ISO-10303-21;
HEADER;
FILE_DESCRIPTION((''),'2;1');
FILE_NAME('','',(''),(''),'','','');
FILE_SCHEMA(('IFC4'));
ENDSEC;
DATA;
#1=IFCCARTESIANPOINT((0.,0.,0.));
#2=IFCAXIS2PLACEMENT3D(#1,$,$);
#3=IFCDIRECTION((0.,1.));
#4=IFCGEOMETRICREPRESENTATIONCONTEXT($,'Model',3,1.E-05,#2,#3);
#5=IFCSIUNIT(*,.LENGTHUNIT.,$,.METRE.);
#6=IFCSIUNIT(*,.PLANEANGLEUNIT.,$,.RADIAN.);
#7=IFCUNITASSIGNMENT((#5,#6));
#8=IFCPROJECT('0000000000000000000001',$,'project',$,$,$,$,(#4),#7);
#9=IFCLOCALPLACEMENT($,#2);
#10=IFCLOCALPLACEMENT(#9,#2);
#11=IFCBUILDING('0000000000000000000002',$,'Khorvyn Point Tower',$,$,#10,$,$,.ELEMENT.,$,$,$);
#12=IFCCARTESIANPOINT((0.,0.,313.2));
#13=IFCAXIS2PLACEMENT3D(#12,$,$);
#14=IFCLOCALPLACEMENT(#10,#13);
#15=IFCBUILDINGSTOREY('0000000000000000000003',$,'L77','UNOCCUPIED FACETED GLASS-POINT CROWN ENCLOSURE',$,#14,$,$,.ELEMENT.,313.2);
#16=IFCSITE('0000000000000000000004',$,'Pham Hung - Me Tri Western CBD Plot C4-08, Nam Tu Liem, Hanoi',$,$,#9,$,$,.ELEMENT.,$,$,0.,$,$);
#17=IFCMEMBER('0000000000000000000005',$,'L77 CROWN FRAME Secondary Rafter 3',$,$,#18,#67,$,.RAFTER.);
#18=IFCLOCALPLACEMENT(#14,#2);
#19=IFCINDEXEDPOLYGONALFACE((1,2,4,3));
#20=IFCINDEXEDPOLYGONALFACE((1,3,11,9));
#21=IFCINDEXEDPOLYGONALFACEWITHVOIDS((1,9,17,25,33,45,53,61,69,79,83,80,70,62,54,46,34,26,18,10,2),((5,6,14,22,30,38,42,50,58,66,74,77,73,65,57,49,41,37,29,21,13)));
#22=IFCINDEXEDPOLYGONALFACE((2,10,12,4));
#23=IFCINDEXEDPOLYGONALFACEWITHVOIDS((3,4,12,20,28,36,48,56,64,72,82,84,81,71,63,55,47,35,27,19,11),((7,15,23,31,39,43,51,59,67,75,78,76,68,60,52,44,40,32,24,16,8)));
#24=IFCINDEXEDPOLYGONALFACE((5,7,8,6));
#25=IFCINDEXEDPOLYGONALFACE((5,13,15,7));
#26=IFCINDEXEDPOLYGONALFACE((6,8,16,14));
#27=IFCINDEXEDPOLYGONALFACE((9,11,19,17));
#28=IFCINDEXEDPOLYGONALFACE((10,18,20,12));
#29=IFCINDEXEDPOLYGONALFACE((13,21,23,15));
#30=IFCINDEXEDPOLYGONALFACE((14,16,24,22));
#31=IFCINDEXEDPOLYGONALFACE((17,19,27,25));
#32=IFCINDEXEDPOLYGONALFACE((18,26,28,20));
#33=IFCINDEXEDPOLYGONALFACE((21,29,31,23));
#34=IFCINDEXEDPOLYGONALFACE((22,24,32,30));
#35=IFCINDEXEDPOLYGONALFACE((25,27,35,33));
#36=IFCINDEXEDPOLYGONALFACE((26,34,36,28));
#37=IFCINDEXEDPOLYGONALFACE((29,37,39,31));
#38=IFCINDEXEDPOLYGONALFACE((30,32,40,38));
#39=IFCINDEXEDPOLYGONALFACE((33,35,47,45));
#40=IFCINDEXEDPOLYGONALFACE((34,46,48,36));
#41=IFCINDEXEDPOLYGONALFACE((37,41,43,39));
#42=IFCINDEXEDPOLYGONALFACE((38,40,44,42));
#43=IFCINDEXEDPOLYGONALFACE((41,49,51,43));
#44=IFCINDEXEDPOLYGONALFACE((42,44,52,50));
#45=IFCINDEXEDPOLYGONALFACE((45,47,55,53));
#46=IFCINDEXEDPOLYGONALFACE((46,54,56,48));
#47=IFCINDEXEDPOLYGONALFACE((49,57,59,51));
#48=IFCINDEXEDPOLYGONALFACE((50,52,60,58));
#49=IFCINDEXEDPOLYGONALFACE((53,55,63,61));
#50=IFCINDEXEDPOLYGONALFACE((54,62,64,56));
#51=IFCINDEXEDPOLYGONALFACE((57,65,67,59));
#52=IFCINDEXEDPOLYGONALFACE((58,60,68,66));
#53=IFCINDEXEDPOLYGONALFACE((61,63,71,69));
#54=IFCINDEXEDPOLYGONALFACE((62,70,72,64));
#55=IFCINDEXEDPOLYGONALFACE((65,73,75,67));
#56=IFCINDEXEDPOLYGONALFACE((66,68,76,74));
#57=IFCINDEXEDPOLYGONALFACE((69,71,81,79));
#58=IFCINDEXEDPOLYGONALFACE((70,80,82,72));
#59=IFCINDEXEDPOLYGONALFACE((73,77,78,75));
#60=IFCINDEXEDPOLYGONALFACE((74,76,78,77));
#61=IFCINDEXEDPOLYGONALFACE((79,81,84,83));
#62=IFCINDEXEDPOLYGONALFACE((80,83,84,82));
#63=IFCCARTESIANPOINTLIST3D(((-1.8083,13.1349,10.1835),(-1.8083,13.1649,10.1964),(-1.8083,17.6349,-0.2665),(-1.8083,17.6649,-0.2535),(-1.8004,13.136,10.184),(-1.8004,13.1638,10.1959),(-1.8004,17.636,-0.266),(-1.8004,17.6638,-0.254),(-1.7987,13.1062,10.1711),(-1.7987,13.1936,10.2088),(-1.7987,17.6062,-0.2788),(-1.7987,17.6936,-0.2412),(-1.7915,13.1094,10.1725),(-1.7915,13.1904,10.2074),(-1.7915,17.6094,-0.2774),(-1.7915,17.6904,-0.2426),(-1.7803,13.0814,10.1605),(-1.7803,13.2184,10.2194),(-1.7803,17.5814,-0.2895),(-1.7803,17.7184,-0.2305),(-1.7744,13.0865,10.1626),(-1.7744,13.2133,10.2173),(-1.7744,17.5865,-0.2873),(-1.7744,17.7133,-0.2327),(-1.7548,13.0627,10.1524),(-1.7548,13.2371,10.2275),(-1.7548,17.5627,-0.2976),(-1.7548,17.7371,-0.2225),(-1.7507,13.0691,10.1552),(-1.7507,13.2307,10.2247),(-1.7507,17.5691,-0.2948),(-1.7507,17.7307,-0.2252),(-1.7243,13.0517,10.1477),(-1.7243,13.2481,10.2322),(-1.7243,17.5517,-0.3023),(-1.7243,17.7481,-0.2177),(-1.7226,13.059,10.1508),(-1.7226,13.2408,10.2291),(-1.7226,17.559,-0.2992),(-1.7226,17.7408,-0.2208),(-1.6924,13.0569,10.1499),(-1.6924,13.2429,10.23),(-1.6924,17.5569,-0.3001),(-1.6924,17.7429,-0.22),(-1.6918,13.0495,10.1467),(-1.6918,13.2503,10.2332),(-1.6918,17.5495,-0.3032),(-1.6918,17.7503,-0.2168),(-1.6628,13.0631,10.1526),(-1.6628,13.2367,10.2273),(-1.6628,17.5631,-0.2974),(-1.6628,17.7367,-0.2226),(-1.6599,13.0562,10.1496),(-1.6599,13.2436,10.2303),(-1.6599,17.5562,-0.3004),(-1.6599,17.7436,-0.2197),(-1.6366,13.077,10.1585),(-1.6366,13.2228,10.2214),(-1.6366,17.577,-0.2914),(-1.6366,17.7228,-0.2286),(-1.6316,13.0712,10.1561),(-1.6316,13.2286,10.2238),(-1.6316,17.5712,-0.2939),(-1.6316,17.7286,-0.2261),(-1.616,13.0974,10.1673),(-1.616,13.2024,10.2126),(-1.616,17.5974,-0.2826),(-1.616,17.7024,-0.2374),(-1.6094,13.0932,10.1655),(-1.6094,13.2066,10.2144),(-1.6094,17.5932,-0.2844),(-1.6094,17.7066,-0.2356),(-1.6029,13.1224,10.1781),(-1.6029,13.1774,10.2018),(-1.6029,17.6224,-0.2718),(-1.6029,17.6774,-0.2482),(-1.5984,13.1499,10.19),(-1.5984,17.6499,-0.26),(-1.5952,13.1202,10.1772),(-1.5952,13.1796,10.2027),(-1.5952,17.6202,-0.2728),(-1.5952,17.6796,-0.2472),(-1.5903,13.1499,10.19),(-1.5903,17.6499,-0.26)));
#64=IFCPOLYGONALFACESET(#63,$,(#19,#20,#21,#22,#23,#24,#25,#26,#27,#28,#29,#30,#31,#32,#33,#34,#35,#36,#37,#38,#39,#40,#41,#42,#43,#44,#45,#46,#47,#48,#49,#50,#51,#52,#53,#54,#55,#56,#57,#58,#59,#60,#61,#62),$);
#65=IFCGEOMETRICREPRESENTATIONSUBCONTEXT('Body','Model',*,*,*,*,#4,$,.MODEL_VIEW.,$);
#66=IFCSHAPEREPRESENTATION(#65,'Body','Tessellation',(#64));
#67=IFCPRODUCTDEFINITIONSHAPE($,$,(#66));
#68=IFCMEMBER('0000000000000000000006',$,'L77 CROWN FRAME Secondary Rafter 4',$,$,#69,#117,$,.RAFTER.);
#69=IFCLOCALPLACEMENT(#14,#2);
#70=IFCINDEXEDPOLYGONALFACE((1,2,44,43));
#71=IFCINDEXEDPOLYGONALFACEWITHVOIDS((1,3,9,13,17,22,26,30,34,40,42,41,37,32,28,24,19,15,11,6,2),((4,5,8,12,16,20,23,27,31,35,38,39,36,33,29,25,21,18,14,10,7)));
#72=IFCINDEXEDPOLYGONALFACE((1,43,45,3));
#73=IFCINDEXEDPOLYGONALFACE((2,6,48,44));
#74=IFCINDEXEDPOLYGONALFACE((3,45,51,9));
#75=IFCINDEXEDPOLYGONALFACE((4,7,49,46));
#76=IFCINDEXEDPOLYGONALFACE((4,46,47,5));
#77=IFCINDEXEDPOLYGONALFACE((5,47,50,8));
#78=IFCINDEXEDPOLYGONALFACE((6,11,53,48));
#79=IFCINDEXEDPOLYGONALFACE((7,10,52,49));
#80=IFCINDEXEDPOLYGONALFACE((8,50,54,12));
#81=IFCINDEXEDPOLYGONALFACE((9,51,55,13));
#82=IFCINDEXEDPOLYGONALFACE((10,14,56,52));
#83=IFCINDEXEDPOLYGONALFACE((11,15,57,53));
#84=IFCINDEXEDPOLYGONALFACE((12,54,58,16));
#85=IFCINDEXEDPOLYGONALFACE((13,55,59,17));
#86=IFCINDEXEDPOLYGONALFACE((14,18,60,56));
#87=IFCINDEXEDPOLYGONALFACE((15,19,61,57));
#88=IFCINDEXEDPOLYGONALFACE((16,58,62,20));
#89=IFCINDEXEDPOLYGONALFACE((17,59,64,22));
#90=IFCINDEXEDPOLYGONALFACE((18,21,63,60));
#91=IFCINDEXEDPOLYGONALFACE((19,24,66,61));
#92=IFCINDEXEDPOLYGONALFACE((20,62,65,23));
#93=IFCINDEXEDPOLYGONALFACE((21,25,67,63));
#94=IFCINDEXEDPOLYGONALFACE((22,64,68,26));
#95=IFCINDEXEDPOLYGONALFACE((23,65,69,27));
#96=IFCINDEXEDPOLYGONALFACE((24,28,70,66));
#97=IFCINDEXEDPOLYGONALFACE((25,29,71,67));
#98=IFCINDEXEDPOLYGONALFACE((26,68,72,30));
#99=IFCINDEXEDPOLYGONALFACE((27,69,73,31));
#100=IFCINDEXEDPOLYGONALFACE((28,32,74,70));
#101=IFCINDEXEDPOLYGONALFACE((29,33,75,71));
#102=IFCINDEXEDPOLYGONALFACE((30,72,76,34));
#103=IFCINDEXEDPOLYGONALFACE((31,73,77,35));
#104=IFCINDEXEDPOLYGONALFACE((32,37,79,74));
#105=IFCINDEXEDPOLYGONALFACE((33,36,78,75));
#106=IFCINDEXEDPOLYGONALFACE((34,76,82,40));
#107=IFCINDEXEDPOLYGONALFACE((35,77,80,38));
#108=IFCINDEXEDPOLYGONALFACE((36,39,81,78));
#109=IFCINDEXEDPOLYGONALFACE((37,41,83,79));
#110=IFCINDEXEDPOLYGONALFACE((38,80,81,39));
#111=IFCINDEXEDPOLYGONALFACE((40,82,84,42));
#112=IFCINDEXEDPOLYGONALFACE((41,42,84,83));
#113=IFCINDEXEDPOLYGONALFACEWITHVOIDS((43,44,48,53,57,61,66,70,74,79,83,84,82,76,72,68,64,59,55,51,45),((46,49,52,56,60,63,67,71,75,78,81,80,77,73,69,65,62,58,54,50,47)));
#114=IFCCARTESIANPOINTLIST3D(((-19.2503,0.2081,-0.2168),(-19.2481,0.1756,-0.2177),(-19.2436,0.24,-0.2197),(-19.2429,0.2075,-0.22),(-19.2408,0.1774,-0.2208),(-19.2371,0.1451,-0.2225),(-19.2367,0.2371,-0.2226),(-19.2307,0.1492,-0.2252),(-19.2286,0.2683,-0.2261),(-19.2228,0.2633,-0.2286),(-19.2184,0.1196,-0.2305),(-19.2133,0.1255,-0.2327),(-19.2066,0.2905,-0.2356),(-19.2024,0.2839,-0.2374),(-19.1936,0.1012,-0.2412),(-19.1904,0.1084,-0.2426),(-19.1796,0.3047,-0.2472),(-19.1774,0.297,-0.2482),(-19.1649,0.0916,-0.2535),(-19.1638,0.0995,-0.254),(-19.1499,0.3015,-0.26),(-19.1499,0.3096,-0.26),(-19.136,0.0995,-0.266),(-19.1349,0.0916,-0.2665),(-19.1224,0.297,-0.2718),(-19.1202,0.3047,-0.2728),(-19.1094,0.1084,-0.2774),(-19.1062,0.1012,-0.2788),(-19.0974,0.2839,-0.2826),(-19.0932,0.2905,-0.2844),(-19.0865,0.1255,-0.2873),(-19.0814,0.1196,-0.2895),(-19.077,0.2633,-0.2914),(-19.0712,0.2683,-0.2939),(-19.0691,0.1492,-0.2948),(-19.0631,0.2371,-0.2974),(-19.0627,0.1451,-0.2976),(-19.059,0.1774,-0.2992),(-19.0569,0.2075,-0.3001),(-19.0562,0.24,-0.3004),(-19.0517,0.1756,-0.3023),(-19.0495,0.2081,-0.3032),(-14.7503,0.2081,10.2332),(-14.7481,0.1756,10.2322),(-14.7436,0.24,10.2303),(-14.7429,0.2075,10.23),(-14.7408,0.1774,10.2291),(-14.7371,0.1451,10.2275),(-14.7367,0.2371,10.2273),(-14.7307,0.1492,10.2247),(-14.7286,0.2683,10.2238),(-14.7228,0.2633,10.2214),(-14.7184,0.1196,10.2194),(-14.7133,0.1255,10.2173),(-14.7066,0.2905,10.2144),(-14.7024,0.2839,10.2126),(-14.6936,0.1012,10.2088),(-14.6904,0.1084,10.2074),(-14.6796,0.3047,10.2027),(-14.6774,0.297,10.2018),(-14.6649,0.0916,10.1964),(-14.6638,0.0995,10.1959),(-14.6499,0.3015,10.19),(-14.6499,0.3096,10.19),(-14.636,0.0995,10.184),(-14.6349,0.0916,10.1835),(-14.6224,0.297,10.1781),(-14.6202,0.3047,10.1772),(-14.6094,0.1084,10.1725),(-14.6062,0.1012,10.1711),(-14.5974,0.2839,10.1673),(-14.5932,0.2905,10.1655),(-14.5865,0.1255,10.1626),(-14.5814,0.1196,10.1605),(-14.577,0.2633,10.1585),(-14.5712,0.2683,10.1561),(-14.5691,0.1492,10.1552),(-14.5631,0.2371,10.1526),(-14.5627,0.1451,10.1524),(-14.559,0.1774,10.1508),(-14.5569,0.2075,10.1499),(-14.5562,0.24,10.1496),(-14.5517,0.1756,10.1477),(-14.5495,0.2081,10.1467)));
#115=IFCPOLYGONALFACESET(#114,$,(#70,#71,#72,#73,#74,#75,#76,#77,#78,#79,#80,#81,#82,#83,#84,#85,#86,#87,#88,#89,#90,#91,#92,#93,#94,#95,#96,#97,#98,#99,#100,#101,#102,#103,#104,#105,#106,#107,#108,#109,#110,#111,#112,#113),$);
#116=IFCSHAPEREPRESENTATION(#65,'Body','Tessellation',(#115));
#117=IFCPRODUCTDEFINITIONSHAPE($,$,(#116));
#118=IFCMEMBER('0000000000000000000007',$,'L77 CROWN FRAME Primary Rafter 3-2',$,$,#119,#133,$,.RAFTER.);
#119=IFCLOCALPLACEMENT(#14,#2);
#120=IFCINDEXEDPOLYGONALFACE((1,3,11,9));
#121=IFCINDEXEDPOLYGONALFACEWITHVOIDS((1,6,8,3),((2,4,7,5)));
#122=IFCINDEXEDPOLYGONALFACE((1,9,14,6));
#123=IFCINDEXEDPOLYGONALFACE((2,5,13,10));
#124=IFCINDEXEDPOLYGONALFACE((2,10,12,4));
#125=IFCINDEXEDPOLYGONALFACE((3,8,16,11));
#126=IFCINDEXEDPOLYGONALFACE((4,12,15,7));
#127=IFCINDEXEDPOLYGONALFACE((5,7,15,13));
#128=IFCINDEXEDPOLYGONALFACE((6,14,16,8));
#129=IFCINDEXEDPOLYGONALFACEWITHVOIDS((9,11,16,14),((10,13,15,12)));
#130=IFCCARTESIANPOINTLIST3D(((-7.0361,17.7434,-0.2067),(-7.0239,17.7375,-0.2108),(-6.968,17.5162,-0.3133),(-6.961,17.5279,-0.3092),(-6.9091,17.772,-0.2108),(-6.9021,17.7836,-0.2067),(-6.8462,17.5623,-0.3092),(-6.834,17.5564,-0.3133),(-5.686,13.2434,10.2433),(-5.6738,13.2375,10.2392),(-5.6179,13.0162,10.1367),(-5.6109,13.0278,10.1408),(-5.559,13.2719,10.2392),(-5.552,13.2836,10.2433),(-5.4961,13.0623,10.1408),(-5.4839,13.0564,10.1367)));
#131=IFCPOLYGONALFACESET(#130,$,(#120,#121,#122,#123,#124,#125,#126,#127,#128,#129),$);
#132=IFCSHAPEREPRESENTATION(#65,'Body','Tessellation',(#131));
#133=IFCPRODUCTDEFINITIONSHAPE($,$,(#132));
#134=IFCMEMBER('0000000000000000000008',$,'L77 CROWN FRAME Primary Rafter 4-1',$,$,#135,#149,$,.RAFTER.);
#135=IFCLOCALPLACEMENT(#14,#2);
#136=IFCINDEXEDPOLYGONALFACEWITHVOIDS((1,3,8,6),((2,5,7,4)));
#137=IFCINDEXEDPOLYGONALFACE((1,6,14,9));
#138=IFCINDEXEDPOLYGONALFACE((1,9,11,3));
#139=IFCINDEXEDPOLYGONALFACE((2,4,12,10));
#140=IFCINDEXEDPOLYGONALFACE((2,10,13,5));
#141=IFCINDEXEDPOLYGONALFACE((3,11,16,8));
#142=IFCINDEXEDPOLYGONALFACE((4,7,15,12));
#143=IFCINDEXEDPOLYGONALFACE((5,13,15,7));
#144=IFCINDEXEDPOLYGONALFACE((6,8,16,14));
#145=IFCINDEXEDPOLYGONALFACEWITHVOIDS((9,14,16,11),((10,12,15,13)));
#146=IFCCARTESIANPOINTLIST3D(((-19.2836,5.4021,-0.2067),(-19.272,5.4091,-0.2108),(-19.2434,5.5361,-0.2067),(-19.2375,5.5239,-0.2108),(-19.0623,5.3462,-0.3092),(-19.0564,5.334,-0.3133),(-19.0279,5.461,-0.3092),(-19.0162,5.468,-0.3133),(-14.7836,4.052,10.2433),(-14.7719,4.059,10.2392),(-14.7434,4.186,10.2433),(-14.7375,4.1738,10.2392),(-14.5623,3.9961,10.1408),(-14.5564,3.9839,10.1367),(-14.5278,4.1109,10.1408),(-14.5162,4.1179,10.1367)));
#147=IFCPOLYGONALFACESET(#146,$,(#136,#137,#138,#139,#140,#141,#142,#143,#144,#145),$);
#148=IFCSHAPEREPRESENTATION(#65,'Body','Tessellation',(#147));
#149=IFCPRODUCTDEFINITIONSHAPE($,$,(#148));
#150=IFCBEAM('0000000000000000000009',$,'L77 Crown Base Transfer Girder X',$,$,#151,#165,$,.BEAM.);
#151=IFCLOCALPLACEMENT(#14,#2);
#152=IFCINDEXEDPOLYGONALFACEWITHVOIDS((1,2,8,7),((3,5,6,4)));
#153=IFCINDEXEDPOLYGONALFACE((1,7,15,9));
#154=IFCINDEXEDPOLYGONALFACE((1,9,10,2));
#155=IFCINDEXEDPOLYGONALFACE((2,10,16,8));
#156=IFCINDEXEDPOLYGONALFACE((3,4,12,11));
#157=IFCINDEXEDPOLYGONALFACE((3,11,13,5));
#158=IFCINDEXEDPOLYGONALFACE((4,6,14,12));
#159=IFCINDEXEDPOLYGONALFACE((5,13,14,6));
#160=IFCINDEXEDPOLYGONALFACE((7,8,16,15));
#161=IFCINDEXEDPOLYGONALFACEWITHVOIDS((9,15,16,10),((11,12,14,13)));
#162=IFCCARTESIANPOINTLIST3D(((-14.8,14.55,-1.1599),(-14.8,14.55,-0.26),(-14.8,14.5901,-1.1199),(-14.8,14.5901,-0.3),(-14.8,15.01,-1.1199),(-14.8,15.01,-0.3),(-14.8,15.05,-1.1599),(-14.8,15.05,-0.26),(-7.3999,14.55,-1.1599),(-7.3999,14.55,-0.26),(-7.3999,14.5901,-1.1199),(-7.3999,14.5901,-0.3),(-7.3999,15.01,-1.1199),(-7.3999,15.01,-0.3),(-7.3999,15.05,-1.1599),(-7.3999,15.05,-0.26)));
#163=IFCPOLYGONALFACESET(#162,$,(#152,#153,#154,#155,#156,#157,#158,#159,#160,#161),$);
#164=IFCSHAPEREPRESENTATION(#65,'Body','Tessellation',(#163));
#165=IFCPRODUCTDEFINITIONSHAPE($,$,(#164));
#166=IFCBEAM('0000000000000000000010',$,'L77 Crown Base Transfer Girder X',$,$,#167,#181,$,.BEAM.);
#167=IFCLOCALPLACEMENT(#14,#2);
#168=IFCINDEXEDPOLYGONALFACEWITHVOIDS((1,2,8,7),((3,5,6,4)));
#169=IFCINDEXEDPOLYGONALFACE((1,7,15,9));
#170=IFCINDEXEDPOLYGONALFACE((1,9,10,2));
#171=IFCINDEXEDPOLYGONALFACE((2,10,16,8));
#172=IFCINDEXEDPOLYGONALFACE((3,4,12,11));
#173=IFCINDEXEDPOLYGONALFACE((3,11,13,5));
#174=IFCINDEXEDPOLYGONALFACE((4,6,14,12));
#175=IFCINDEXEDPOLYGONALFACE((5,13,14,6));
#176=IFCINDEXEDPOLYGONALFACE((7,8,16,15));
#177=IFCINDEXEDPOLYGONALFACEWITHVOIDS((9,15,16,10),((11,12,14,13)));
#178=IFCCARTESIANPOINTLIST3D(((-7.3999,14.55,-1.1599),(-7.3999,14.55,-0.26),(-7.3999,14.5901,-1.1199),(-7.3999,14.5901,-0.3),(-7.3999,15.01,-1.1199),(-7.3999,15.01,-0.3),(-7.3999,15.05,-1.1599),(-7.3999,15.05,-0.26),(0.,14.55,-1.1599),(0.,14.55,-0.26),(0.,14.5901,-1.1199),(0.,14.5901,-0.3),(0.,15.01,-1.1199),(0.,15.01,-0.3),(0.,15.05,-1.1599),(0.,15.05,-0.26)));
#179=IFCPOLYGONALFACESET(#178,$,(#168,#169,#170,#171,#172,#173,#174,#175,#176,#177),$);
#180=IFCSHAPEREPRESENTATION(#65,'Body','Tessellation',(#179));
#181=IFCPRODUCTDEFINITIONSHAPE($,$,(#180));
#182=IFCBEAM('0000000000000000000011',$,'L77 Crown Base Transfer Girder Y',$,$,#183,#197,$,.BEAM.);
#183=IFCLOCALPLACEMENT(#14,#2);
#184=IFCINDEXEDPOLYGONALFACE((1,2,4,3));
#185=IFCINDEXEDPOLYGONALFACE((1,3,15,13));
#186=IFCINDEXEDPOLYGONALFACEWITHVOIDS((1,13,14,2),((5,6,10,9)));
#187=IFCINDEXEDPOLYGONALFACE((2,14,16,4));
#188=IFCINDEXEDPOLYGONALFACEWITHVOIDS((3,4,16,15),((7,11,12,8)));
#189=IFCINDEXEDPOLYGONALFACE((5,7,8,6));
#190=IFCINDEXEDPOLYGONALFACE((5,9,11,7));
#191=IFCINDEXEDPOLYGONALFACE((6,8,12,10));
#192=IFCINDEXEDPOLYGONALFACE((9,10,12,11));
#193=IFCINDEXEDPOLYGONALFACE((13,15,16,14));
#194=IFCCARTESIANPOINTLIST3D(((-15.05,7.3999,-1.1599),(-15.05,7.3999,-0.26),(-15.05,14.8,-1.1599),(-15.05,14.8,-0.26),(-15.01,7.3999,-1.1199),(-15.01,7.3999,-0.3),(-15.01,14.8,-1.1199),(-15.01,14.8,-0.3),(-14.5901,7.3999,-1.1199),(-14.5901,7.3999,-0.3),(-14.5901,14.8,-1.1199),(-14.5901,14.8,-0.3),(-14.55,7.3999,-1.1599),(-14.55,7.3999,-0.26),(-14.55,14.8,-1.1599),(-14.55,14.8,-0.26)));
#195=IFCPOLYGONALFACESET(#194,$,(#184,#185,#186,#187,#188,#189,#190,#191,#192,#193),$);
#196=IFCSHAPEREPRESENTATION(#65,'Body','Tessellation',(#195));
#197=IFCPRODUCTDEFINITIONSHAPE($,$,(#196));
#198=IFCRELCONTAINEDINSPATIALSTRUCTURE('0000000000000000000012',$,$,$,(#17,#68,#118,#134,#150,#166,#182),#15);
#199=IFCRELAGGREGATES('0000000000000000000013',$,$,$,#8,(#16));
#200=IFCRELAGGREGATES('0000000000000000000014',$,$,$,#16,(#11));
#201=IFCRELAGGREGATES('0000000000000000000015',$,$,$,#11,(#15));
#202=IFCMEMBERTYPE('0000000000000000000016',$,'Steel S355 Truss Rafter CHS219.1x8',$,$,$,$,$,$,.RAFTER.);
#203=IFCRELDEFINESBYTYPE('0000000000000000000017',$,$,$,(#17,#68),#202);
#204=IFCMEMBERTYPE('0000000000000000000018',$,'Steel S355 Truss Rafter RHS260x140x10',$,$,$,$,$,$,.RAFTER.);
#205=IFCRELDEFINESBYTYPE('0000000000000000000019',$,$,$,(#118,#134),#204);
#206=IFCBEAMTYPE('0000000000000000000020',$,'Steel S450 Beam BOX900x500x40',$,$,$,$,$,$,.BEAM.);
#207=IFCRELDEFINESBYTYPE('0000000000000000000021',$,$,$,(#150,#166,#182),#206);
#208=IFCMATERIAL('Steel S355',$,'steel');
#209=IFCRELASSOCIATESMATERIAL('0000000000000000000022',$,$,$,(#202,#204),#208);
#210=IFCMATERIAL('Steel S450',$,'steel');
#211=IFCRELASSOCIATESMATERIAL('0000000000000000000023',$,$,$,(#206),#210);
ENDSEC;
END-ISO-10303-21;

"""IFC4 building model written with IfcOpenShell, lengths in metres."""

from ifc_helpers import new_model, si_unit, direction, frame, origin, origin_2d, place, context, subcontext, project, spatial, hollow_rectangle, hollow_circle, extrude, material, material_profile, profile_set, type_object, element, save


model = new_model("IFC4")

# Units and contexts
model_context = context("Model", 3, precision=1e-05, world=origin(), true_north=direction((0.0, 1.0)))
body_context = subcontext(model_context, "Body", "Model", "MODEL_VIEW")
ifc_project = project(units=[si_unit("LENGTHUNIT", "METRE"), si_unit("PLANEANGLEUNIT", "RADIAN")], contexts=[model_context])

# Site, building, storey
site_placement = place(None, origin())
site = spatial("IfcSite", under=ifc_project, at=site_placement, Name="Pham Hung - Me Tri Western CBD Plot C4-08, Nam Tu Liem, Hanoi", CompositionType="ELEMENT", RefElevation=0.0)
building_placement = place(site_placement, origin())
building = spatial("IfcBuilding", under=site, at=building_placement, Name="Khorvyn Point Tower", CompositionType="ELEMENT")
storey_placement = place(building_placement, frame((0.0, 0.0, 313.2)))
storey = spatial("IfcBuildingStorey", under=building, at=storey_placement, Name="L77", Description="UNOCCUPIED FACETED GLASS-POINT CROWN ENCLOSURE", CompositionType="ELEMENT", Elevation=313.2)

# Shared definitions
ifc_material_1 = material(Name="Steel S355", Category="steel")

# Members
ifc_material_profile_1 = material_profile(ifc_material_1, hollow_circle(Radius=0.1096, WallThickness=0.0081, at=origin_2d()))
ifc_profile_set_1 = profile_set([ifc_material_profile_1], Name="Steel S355 CHS219.1x8")
member_type_1 = type_object("IfcMemberType", Name="Steel S355 Truss Rafter CHS219.1x8", PredefinedType="RAFTER", material=ifc_profile_set_1)
for number, where, z_axis, x_axis, name in (
    (1, (-1.7, 17.6499, -0.26), (0.0, -0.395511, 0.918461), (1.0, 0.0, 0.0), "L77 CROWN FRAME Secondary Rafter 3"),
    (2, (-19.1499, 0.2, -0.26), (0.395511, 0.0, 0.918461), (0.0, 1.0, 0.0), "L77 CROWN FRAME Secondary Rafter 4"),
):
    element("IfcMember", number, at=place(storey_placement, frame(where, z_axis=z_axis, x_axis=x_axis)), inside=storey, type_object=member_type_1, Name=name, PredefinedType="RAFTER", context=body_context, shape_type="SweptSolid", body=[
        extrude(hollow_circle(Radius=0.1096, WallThickness=0.0081, at=origin_2d()), origin(), (0.0, 0.0, 1.0), 11.3777),
    ])
ifc_material_profile_2 = material_profile(ifc_material_1, hollow_rectangle(XDim=0.1399, YDim=0.26, WallThickness=0.01, at=origin_2d()))
ifc_profile_set_2 = profile_set([ifc_material_profile_2], Name="Steel S355 RHS260x140x10")
member_type_2 = type_object("IfcMemberType", Name="Steel S355 Truss Rafter RHS260x140x10", PredefinedType="RAFTER", material=ifc_profile_set_2)
for number, where, z_axis, x_axis, name in (
    (3, (-6.9351, 17.6499, -0.26), (0.117835, -0.392756, 0.912062), (0.957821, 0.287367, 0.0), "L77 CROWN FRAME Primary Rafter 3-2"),
    (4, (-19.1499, 5.4351, -0.26), (0.392756, -0.117835, 0.912062), (0.287367, 0.957821, 0.0), "L77 CROWN FRAME Primary Rafter 4-1"),
):
    element("IfcMember", number, at=place(storey_placement, frame(where, z_axis=z_axis, x_axis=x_axis)), inside=storey, type_object=member_type_2, Name=name, PredefinedType="RAFTER", context=body_context, shape_type="SweptSolid", body=[
        extrude(hollow_rectangle(XDim=0.1399, YDim=0.26, WallThickness=0.01, at=origin_2d()), origin(), (0.0, 0.0, 1.0), 11.4575),
    ])

# Beams
ifc_material_2 = material(Name="Steel S450", Category="steel")
ifc_material_profile_3 = material_profile(ifc_material_2, hollow_rectangle(XDim=0.5, YDim=0.8999, WallThickness=0.04, at=origin_2d()))
ifc_profile_set_3 = profile_set([ifc_material_profile_3], Name="Steel S450 BOX900x500x40")
beam_type_1 = type_object("IfcBeamType", Name="Steel S450 Beam BOX900x500x40", PredefinedType="BEAM", material=ifc_profile_set_3)
beam_1_placement = place(storey_placement, frame((-14.8, 14.8, -0.71), z_axis=(1.0, 0.0, 0.0), x_axis=(0.0, 1.0, 0.0)))
element("IfcBeam", 5, at=beam_1_placement, inside=storey, type_object=beam_type_1, Name="L77 Crown Base Transfer Girder X", PredefinedType="BEAM", context=body_context, shape_type="SweptSolid", body=[
    extrude(hollow_rectangle(XDim=0.5, YDim=0.8999, WallThickness=0.04, at=origin_2d()), origin(), (0.0, 0.0, 1.0), 7.4001),
])
beam_2_placement = place(storey_placement, frame((-7.3999, 14.8, -0.71), z_axis=(1.0, 0.0, 0.0), x_axis=(0.0, 1.0, 0.0)))
element("IfcBeam", 6, at=beam_2_placement, inside=storey, type_object=beam_type_1, Name="L77 Crown Base Transfer Girder X", PredefinedType="BEAM", context=body_context, shape_type="SweptSolid", body=[
    extrude(hollow_rectangle(XDim=0.5, YDim=0.8999, WallThickness=0.04, at=origin_2d()), origin(), (0.0, 0.0, 1.0), 7.3999),
])
beam_3_placement = place(storey_placement, frame((-14.8, 7.3999, -0.71), z_axis=(0.0, 1.0, 0.0), x_axis=(-1.0, 0.0, 0.0)))
element("IfcBeam", 7, at=beam_3_placement, inside=storey, type_object=beam_type_1, Name="L77 Crown Base Transfer Girder Y", PredefinedType="BEAM", context=body_context, shape_type="SweptSolid", body=[
    extrude(hollow_rectangle(XDim=0.5, YDim=0.8999, WallThickness=0.04, at=origin_2d()), origin(), (0.0, 0.0, 1.0), 7.4001),
])

save(model, "model.ifc")
